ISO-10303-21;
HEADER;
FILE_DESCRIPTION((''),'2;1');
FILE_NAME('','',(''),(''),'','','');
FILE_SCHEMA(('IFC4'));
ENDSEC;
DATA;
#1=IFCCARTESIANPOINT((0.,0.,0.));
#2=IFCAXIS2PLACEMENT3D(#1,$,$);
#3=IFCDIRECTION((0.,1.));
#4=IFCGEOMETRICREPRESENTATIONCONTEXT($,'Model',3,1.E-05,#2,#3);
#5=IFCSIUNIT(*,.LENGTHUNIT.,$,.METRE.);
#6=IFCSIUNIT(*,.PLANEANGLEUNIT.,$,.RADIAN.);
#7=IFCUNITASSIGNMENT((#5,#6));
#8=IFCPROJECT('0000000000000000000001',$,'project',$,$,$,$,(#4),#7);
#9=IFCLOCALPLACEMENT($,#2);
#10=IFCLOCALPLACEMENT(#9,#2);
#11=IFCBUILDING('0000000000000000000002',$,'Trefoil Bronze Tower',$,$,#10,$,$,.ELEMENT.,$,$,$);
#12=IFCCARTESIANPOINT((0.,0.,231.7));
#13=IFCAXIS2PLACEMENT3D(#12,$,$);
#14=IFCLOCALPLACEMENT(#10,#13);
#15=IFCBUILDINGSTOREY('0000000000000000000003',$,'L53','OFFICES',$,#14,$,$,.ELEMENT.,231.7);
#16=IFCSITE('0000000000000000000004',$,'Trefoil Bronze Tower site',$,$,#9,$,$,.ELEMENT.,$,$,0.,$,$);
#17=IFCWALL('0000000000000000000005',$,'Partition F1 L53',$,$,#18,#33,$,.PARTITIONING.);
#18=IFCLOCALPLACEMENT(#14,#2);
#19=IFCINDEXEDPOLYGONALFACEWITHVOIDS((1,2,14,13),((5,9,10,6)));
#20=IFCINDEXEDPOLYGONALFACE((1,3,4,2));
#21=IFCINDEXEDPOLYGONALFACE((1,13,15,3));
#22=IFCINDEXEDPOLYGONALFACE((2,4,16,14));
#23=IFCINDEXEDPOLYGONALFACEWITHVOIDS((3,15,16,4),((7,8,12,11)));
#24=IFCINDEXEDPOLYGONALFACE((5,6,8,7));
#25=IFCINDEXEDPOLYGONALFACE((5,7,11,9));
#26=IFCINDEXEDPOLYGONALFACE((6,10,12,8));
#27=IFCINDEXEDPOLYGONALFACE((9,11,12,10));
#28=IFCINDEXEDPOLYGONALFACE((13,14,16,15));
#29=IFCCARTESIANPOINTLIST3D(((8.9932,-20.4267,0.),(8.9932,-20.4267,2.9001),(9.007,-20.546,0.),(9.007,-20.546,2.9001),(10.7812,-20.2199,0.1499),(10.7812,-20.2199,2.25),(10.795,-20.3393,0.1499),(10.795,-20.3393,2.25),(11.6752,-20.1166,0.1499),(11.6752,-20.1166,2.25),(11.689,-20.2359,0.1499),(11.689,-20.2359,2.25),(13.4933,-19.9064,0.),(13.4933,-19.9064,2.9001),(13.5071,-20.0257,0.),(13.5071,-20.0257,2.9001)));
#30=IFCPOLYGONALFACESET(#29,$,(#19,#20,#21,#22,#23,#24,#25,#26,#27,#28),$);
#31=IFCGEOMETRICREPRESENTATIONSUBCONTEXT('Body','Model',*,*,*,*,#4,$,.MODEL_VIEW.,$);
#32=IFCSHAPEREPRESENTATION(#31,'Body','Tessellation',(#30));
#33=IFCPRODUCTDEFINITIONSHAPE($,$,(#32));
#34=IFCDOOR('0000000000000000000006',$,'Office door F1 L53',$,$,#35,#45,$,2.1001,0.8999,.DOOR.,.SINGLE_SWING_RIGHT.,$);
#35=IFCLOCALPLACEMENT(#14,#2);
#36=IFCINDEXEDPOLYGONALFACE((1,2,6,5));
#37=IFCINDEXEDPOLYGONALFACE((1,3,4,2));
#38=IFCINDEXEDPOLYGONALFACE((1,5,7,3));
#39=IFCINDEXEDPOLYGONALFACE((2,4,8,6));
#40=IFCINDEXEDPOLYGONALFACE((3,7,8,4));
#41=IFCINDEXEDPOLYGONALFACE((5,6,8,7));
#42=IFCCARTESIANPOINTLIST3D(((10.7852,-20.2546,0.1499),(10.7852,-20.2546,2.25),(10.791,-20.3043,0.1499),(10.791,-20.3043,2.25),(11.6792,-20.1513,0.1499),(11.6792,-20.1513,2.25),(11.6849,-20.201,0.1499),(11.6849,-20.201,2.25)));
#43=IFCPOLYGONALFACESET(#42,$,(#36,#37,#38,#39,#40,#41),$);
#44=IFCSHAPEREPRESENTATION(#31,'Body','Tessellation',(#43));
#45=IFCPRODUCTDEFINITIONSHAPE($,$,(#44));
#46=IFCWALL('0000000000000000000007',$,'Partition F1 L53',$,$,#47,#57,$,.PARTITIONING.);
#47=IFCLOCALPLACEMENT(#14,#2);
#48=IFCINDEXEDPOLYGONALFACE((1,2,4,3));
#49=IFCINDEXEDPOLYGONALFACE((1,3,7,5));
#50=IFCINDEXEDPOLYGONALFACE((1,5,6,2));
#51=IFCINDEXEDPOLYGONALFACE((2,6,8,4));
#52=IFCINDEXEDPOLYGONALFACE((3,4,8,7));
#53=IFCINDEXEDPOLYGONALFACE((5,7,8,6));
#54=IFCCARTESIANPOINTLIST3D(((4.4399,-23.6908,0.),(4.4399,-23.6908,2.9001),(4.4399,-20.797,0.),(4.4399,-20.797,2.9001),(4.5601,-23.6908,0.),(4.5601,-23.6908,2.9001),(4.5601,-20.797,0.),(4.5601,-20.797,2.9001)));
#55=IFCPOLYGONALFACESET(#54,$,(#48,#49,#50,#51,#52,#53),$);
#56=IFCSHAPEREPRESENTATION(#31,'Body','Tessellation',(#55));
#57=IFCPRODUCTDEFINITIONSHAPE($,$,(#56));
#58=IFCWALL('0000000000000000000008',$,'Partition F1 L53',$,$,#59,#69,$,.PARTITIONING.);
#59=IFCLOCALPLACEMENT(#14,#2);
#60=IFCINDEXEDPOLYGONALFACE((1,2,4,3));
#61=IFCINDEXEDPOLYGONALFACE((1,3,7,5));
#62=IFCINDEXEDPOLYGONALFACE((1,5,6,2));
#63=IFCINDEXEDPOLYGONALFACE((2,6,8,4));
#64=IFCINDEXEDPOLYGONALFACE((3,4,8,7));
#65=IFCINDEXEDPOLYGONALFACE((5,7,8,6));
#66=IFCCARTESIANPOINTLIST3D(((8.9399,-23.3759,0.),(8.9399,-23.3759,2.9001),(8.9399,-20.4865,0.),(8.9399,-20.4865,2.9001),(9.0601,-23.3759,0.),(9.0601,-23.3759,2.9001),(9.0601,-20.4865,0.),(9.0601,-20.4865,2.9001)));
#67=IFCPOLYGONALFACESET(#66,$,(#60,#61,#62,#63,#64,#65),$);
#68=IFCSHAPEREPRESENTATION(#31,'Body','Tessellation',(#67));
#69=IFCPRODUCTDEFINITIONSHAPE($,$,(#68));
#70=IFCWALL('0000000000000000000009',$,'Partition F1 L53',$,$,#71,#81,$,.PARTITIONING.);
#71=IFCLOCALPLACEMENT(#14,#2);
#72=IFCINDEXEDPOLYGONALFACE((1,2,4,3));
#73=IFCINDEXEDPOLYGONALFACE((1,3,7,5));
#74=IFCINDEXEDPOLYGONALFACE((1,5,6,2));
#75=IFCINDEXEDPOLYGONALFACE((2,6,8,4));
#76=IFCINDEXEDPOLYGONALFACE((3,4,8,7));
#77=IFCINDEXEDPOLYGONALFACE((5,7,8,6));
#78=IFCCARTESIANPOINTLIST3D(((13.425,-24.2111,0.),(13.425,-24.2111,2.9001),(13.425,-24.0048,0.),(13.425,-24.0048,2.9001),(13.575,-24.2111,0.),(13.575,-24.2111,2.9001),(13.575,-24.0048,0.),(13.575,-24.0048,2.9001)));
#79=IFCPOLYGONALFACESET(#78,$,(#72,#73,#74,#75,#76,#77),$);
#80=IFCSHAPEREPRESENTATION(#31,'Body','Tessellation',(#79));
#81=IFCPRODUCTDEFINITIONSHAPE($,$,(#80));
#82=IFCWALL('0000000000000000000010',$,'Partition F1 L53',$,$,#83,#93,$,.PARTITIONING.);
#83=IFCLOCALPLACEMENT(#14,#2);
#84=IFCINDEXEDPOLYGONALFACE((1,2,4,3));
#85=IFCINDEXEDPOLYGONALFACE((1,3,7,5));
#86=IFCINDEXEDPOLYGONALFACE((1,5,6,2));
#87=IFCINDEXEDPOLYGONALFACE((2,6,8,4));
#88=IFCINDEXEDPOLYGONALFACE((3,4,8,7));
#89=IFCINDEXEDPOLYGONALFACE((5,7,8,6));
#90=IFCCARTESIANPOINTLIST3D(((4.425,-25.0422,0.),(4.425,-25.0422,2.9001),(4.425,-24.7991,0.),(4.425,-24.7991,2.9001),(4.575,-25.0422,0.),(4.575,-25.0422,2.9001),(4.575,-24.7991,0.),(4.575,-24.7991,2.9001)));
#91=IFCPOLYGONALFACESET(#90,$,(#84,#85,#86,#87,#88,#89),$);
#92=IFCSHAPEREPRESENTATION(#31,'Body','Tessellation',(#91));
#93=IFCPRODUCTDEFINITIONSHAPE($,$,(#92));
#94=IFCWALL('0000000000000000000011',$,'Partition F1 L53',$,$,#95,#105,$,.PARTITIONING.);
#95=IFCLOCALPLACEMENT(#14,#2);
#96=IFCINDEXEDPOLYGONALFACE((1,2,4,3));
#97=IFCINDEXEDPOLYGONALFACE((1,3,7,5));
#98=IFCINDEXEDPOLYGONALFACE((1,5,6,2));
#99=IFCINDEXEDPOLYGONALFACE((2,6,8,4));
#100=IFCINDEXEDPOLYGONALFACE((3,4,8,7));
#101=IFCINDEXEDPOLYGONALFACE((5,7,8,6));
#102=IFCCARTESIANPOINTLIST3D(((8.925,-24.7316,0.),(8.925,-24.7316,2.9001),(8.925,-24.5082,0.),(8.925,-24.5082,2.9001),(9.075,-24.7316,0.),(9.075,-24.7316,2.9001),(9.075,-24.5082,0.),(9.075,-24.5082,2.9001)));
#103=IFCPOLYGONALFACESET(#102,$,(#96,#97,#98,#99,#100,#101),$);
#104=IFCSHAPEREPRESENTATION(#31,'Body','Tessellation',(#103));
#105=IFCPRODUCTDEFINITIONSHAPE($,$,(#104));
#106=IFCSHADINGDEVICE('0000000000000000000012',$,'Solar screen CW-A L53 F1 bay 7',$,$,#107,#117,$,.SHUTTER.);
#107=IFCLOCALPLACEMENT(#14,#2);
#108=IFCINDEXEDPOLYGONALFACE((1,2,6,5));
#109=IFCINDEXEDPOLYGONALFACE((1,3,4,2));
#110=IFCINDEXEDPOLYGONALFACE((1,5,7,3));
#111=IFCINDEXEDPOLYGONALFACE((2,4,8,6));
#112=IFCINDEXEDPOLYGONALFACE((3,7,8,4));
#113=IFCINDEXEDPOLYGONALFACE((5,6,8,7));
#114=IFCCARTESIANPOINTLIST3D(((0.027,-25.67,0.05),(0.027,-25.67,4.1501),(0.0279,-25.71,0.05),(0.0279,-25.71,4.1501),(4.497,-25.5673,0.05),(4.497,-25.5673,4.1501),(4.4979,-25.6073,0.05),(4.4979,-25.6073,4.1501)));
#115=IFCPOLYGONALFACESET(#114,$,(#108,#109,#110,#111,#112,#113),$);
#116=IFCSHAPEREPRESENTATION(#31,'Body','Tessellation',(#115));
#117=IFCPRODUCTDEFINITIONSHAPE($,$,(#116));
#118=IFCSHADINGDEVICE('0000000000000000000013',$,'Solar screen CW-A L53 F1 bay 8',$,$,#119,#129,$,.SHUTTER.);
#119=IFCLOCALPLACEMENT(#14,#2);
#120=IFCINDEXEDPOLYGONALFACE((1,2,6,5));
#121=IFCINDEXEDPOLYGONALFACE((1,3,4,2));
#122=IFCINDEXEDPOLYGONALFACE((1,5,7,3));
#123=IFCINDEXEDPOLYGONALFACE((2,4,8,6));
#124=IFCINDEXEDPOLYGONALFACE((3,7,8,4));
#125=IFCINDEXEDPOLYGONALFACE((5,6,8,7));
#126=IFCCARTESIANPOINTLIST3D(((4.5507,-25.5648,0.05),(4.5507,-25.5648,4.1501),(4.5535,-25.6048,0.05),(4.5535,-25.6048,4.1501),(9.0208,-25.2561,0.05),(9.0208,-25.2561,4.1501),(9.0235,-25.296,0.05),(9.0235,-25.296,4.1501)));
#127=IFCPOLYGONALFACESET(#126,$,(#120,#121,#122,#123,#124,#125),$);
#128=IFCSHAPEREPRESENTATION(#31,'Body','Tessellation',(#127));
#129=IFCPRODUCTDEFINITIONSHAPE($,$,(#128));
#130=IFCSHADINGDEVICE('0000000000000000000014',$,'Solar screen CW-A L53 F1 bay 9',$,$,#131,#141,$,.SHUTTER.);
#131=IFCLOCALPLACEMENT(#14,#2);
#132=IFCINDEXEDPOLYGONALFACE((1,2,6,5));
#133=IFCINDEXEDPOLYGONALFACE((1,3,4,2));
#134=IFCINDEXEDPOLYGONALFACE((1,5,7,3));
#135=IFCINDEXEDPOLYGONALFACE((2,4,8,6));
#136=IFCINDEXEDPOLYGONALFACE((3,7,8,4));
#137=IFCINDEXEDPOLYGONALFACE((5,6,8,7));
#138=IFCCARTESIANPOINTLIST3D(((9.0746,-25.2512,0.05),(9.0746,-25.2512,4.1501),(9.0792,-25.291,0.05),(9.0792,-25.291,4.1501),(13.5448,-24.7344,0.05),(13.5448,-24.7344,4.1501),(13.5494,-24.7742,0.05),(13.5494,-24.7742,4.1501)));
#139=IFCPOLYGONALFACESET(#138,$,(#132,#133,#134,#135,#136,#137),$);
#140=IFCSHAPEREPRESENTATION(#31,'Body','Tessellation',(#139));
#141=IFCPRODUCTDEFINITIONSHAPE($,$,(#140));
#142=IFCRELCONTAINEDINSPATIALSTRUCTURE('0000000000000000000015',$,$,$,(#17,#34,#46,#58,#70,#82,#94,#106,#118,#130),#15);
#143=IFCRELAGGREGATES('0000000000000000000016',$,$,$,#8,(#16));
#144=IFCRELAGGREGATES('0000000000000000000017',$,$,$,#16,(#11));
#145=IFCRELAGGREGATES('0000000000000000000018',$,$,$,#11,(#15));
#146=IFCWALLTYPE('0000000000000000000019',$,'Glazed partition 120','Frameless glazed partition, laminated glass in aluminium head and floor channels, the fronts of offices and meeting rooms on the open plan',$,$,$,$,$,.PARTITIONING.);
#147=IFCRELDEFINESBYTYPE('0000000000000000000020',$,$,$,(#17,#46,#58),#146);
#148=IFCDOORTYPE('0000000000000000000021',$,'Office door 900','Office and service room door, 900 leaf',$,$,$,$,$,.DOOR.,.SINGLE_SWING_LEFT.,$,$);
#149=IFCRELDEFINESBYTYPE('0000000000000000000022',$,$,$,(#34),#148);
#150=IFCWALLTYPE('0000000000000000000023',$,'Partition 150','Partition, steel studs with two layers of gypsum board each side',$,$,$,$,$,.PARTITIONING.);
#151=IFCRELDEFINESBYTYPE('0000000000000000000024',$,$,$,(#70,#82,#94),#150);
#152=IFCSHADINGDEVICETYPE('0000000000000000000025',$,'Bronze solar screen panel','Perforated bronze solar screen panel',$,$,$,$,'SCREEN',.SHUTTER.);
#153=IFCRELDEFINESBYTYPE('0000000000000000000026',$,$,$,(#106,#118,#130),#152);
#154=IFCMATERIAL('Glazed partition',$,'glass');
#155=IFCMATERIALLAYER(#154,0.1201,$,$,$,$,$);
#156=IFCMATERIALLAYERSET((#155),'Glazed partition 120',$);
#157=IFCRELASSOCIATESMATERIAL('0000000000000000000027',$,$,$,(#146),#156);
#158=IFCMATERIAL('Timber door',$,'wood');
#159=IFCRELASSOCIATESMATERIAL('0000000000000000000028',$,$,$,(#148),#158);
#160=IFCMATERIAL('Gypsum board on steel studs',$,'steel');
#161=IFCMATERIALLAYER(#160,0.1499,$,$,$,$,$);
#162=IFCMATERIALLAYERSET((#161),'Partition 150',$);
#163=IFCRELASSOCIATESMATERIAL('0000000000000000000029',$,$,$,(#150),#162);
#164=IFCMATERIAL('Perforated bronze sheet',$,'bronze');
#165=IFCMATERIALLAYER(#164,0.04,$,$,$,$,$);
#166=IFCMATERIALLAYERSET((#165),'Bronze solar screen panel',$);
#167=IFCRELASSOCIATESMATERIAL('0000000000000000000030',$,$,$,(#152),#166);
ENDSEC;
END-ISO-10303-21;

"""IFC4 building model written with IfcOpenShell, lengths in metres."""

from ifc_helpers import new_model, si_unit, direction, frame, frame_2d, origin, origin_2d, place, context, subcontext, project, spatial, rectangle, extrude, material, layer, layer_set, type_object, element, fill, save


model = new_model("IFC4")

# Units and contexts
model_context = context("Model", 3, precision=1e-05, world=origin(), true_north=direction((0.0, 1.0)))
body_context = subcontext(model_context, "Body", "Model", "MODEL_VIEW")
ifc_project = project(units=[si_unit("LENGTHUNIT", "METRE"), si_unit("PLANEANGLEUNIT", "RADIAN")], contexts=[model_context])

# Site, building, storey
site_placement = place(None, origin())
site = spatial("IfcSite", under=ifc_project, at=site_placement, Name="Trefoil Bronze Tower site", CompositionType="ELEMENT", RefElevation=0.0)
building_placement = place(site_placement, origin())
building = spatial("IfcBuilding", under=site, at=building_placement, Name="Trefoil Bronze Tower", CompositionType="ELEMENT")
storey_placement = place(building_placement, frame((0.0, 0.0, 231.7)))
storey = spatial("IfcBuildingStorey", under=building, at=storey_placement, Name="L53", Description="OFFICES", CompositionType="ELEMENT", Elevation=231.7)

# Shared definitions
ifc_material_1 = material(Name="Glazed partition", Category="glass")
ifc_layer_1 = layer(ifc_material_1, 0.1201)
ifc_layer_set_1 = layer_set([ifc_layer_1], Name="Glazed partition 120")
wall_type_1 = type_object("IfcWallType", Name="Glazed partition 120", Description="Frameless glazed partition, laminated glass in aluminium head and floor channels, the fronts of offices and meeting rooms on the open plan", PredefinedType="PARTITIONING", material=ifc_layer_set_1)

# Wall, opening, door
ifc_material_2 = material(Name="Timber door", Category="wood")
door_type = type_object("IfcDoorType", Name="Office door 900", Description="Office and service room door, 900 leaf", OperationType="SINGLE_SWING_LEFT", PredefinedType="DOOR", material=ifc_material_2)
wall_1_placement = place(storey_placement, frame((9.0, -20.4863, 0.0), z_axis=(0.0, 0.0, 1.0), x_axis=(0.993383, 0.114849, 0.0)))
wall_1 = element("IfcWall", 1, at=wall_1_placement, inside=storey, type_object=wall_type_1, Name="Partition F1 L53", PredefinedType="PARTITIONING", context=body_context, shape_type="SweptSolid", body=[
    extrude(rectangle(XDim=4.53, YDim=0.1201, at=frame_2d((2.2651, 0.0))), origin(), (0.0, 0.0, 1.0), 2.9001),
])
opening_1_placement = place(wall_1_placement, frame((1.8, 0.0, 0.1499)))
opening_1 = element("IfcOpeningElement", 2, at=opening_1_placement, cuts=wall_1, PredefinedType="OPENING", context=body_context, shape_type="SweptSolid", body=[
    extrude(rectangle(XDim=0.8999, YDim=2.1001, at=frame_2d((0.45, 1.05))), frame((0.0, 0.0701, 0.0), z_axis=(0.0, -1.0, 0.0), x_axis=(1.0, 0.0, 0.0)), (0.0, 0.0, 1.0), 0.1401),
])
door_1_placement = place(opening_1_placement, frame((0.8999, 0.0, 0.0), z_axis=(0.0, 0.0, 1.0), x_axis=(-1.0, 0.0, 0.0)))
door_1 = element("IfcDoor", 3, at=door_1_placement, inside=storey, type_object=door_type, Name="Office door F1 L53", OperationType="SINGLE_SWING_RIGHT", OverallHeight=2.1001, OverallWidth=0.8999, PredefinedType="DOOR", context=body_context, shape_type="SweptSolid", body=[
    extrude(rectangle(XDim=0.8999, YDim=2.1001, at=frame_2d((0.45, 1.05))), frame((0.0, 0.0249, 0.0), z_axis=(0.0, -1.0, 0.0), x_axis=(1.0, 0.0, 0.0)), (0.0, 0.0, 1.0), 0.05),
])
fill(opening_1, door_1)

# Walls
wall_2_placement = place(storey_placement, frame((4.5, -20.7971, 0.0), z_axis=(0.0, 0.0, 1.0), x_axis=(0.0, -1.0, 0.0)))
element("IfcWall", 4, at=wall_2_placement, inside=storey, type_object=wall_type_1, Name="Partition F1 L53", PredefinedType="PARTITIONING", context=body_context, shape_type="SweptSolid", body=[
    extrude(rectangle(XDim=2.8938, YDim=0.1201, at=frame_2d((1.4468, 0.0))), origin(), (0.0, 0.0, 1.0), 2.9001),
])
wall_3_placement = place(storey_placement, frame((9.0, -20.4863, 0.0), z_axis=(0.0, 0.0, 1.0), x_axis=(0.0, -1.0, 0.0)))
element("IfcWall", 5, at=wall_3_placement, inside=storey, type_object=wall_type_1, Name="Partition F1 L53", PredefinedType="PARTITIONING", context=body_context, shape_type="SweptSolid", body=[
    extrude(rectangle(XDim=2.8894, YDim=0.1201, at=frame_2d((1.4448, 0.0))), origin(), (0.0, 0.0, 1.0), 2.9001),
])
ifc_material_3 = material(Name="Gypsum board on steel studs", Category="steel")
ifc_layer_2 = layer(ifc_material_3, 0.1499)
ifc_layer_set_2 = layer_set([ifc_layer_2], Name="Partition 150")
wall_type_2 = type_object("IfcWallType", Name="Partition 150", Description="Partition, steel studs with two layers of gypsum board each side", PredefinedType="PARTITIONING", material=ifc_layer_set_2)
wall_4_placement = place(storey_placement, frame((13.5, -24.0049, 0.0), z_axis=(0.0, 0.0, 1.0), x_axis=(0.0, -1.0, 0.0)))
element("IfcWall", 6, at=wall_4_placement, inside=storey, type_object=wall_type_2, Name="Partition F1 L53", PredefinedType="PARTITIONING", context=body_context, shape_type="SweptSolid", body=[
    extrude(rectangle(XDim=0.2063, YDim=0.1499, at=frame_2d((0.103, 0.0))), origin(), (0.0, 0.0, 1.0), 2.9001),
])
wall_5_placement = place(storey_placement, frame((4.5, -24.7991, 0.0), z_axis=(0.0, 0.0, 1.0), x_axis=(0.0, -1.0, 0.0)))
element("IfcWall", 7, at=wall_5_placement, inside=storey, type_object=wall_type_2, Name="Partition F1 L53", PredefinedType="PARTITIONING", context=body_context, shape_type="SweptSolid", body=[
    extrude(rectangle(XDim=0.2432, YDim=0.1499, at=frame_2d((0.1216, 0.0))), origin(), (0.0, 0.0, 1.0), 2.9001),
])
wall_6_placement = place(storey_placement, frame((9.0, -24.5081, 0.0), z_axis=(0.0, 0.0, 1.0), x_axis=(0.0, -1.0, 0.0)))
element("IfcWall", 8, at=wall_6_placement, inside=storey, type_object=wall_type_2, Name="Partition F1 L53", PredefinedType="PARTITIONING", context=body_context, shape_type="SweptSolid", body=[
    extrude(rectangle(XDim=0.2234, YDim=0.1499, at=frame_2d((0.1118, 0.0))), origin(), (0.0, 0.0, 1.0), 2.9001),
])

# Shading devices
ifc_material_4 = material(Name="Perforated bronze sheet", Category="bronze")
ifc_layer_3 = layer(ifc_material_4, 0.04)
ifc_layer_set_3 = layer_set([ifc_layer_3], Name="Bronze solar screen panel")
shading_device_type = type_object("IfcShadingDeviceType", Name="Bronze solar screen panel", Description="Perforated bronze solar screen panel", ElementType="SCREEN", PredefinedType="SHUTTER", material=ifc_layer_set_3)
shading_device_1_placement = place(storey_placement, frame((2.2625, -25.6387, 0.05), z_axis=(0.0, 0.0, 1.0), x_axis=(0.999736, 0.022972, 0.0)))
element("IfcShadingDevice", 9, at=shading_device_1_placement, inside=storey, type_object=shading_device_type, Name="Solar screen CW-A L53 F1 bay 7", PredefinedType="SHUTTER", context=body_context, shape_type="SweptSolid", body=[
    extrude(rectangle(XDim=4.4712, YDim=0.04, at=origin_2d()), origin(), (0.0, 0.0, 1.0), 4.1001),
])
shading_device_2_placement = place(storey_placement, frame((6.7871, -25.4304, 0.05), z_axis=(0.0, 0.0, 1.0), x_axis=(0.997623, 0.068915, 0.0)))
element("IfcShadingDevice", 10, at=shading_device_2_placement, inside=storey, type_object=shading_device_type, Name="Solar screen CW-A L53 F1 bay 8", PredefinedType="SHUTTER", context=body_context, shape_type="SweptSolid", body=[
    extrude(rectangle(XDim=4.4807, YDim=0.04, at=origin_2d()), origin(), (0.0, 0.0, 1.0), 4.1001),
])
shading_device_3_placement = place(storey_placement, frame((11.312, -25.0127, 0.05), z_axis=(0.0, 0.0, 1.0), x_axis=(0.993382, 0.114859, 0.0)))
element("IfcShadingDevice", 11, at=shading_device_3_placement, inside=storey, type_object=shading_device_type, Name="Solar screen CW-A L53 F1 bay 9", PredefinedType="SHUTTER", context=body_context, shape_type="SweptSolid", body=[
    extrude(rectangle(XDim=4.5, YDim=0.04, at=origin_2d()), origin(), (0.0, 0.0, 1.0), 4.1001),
])

save(model, "model.ifc")
